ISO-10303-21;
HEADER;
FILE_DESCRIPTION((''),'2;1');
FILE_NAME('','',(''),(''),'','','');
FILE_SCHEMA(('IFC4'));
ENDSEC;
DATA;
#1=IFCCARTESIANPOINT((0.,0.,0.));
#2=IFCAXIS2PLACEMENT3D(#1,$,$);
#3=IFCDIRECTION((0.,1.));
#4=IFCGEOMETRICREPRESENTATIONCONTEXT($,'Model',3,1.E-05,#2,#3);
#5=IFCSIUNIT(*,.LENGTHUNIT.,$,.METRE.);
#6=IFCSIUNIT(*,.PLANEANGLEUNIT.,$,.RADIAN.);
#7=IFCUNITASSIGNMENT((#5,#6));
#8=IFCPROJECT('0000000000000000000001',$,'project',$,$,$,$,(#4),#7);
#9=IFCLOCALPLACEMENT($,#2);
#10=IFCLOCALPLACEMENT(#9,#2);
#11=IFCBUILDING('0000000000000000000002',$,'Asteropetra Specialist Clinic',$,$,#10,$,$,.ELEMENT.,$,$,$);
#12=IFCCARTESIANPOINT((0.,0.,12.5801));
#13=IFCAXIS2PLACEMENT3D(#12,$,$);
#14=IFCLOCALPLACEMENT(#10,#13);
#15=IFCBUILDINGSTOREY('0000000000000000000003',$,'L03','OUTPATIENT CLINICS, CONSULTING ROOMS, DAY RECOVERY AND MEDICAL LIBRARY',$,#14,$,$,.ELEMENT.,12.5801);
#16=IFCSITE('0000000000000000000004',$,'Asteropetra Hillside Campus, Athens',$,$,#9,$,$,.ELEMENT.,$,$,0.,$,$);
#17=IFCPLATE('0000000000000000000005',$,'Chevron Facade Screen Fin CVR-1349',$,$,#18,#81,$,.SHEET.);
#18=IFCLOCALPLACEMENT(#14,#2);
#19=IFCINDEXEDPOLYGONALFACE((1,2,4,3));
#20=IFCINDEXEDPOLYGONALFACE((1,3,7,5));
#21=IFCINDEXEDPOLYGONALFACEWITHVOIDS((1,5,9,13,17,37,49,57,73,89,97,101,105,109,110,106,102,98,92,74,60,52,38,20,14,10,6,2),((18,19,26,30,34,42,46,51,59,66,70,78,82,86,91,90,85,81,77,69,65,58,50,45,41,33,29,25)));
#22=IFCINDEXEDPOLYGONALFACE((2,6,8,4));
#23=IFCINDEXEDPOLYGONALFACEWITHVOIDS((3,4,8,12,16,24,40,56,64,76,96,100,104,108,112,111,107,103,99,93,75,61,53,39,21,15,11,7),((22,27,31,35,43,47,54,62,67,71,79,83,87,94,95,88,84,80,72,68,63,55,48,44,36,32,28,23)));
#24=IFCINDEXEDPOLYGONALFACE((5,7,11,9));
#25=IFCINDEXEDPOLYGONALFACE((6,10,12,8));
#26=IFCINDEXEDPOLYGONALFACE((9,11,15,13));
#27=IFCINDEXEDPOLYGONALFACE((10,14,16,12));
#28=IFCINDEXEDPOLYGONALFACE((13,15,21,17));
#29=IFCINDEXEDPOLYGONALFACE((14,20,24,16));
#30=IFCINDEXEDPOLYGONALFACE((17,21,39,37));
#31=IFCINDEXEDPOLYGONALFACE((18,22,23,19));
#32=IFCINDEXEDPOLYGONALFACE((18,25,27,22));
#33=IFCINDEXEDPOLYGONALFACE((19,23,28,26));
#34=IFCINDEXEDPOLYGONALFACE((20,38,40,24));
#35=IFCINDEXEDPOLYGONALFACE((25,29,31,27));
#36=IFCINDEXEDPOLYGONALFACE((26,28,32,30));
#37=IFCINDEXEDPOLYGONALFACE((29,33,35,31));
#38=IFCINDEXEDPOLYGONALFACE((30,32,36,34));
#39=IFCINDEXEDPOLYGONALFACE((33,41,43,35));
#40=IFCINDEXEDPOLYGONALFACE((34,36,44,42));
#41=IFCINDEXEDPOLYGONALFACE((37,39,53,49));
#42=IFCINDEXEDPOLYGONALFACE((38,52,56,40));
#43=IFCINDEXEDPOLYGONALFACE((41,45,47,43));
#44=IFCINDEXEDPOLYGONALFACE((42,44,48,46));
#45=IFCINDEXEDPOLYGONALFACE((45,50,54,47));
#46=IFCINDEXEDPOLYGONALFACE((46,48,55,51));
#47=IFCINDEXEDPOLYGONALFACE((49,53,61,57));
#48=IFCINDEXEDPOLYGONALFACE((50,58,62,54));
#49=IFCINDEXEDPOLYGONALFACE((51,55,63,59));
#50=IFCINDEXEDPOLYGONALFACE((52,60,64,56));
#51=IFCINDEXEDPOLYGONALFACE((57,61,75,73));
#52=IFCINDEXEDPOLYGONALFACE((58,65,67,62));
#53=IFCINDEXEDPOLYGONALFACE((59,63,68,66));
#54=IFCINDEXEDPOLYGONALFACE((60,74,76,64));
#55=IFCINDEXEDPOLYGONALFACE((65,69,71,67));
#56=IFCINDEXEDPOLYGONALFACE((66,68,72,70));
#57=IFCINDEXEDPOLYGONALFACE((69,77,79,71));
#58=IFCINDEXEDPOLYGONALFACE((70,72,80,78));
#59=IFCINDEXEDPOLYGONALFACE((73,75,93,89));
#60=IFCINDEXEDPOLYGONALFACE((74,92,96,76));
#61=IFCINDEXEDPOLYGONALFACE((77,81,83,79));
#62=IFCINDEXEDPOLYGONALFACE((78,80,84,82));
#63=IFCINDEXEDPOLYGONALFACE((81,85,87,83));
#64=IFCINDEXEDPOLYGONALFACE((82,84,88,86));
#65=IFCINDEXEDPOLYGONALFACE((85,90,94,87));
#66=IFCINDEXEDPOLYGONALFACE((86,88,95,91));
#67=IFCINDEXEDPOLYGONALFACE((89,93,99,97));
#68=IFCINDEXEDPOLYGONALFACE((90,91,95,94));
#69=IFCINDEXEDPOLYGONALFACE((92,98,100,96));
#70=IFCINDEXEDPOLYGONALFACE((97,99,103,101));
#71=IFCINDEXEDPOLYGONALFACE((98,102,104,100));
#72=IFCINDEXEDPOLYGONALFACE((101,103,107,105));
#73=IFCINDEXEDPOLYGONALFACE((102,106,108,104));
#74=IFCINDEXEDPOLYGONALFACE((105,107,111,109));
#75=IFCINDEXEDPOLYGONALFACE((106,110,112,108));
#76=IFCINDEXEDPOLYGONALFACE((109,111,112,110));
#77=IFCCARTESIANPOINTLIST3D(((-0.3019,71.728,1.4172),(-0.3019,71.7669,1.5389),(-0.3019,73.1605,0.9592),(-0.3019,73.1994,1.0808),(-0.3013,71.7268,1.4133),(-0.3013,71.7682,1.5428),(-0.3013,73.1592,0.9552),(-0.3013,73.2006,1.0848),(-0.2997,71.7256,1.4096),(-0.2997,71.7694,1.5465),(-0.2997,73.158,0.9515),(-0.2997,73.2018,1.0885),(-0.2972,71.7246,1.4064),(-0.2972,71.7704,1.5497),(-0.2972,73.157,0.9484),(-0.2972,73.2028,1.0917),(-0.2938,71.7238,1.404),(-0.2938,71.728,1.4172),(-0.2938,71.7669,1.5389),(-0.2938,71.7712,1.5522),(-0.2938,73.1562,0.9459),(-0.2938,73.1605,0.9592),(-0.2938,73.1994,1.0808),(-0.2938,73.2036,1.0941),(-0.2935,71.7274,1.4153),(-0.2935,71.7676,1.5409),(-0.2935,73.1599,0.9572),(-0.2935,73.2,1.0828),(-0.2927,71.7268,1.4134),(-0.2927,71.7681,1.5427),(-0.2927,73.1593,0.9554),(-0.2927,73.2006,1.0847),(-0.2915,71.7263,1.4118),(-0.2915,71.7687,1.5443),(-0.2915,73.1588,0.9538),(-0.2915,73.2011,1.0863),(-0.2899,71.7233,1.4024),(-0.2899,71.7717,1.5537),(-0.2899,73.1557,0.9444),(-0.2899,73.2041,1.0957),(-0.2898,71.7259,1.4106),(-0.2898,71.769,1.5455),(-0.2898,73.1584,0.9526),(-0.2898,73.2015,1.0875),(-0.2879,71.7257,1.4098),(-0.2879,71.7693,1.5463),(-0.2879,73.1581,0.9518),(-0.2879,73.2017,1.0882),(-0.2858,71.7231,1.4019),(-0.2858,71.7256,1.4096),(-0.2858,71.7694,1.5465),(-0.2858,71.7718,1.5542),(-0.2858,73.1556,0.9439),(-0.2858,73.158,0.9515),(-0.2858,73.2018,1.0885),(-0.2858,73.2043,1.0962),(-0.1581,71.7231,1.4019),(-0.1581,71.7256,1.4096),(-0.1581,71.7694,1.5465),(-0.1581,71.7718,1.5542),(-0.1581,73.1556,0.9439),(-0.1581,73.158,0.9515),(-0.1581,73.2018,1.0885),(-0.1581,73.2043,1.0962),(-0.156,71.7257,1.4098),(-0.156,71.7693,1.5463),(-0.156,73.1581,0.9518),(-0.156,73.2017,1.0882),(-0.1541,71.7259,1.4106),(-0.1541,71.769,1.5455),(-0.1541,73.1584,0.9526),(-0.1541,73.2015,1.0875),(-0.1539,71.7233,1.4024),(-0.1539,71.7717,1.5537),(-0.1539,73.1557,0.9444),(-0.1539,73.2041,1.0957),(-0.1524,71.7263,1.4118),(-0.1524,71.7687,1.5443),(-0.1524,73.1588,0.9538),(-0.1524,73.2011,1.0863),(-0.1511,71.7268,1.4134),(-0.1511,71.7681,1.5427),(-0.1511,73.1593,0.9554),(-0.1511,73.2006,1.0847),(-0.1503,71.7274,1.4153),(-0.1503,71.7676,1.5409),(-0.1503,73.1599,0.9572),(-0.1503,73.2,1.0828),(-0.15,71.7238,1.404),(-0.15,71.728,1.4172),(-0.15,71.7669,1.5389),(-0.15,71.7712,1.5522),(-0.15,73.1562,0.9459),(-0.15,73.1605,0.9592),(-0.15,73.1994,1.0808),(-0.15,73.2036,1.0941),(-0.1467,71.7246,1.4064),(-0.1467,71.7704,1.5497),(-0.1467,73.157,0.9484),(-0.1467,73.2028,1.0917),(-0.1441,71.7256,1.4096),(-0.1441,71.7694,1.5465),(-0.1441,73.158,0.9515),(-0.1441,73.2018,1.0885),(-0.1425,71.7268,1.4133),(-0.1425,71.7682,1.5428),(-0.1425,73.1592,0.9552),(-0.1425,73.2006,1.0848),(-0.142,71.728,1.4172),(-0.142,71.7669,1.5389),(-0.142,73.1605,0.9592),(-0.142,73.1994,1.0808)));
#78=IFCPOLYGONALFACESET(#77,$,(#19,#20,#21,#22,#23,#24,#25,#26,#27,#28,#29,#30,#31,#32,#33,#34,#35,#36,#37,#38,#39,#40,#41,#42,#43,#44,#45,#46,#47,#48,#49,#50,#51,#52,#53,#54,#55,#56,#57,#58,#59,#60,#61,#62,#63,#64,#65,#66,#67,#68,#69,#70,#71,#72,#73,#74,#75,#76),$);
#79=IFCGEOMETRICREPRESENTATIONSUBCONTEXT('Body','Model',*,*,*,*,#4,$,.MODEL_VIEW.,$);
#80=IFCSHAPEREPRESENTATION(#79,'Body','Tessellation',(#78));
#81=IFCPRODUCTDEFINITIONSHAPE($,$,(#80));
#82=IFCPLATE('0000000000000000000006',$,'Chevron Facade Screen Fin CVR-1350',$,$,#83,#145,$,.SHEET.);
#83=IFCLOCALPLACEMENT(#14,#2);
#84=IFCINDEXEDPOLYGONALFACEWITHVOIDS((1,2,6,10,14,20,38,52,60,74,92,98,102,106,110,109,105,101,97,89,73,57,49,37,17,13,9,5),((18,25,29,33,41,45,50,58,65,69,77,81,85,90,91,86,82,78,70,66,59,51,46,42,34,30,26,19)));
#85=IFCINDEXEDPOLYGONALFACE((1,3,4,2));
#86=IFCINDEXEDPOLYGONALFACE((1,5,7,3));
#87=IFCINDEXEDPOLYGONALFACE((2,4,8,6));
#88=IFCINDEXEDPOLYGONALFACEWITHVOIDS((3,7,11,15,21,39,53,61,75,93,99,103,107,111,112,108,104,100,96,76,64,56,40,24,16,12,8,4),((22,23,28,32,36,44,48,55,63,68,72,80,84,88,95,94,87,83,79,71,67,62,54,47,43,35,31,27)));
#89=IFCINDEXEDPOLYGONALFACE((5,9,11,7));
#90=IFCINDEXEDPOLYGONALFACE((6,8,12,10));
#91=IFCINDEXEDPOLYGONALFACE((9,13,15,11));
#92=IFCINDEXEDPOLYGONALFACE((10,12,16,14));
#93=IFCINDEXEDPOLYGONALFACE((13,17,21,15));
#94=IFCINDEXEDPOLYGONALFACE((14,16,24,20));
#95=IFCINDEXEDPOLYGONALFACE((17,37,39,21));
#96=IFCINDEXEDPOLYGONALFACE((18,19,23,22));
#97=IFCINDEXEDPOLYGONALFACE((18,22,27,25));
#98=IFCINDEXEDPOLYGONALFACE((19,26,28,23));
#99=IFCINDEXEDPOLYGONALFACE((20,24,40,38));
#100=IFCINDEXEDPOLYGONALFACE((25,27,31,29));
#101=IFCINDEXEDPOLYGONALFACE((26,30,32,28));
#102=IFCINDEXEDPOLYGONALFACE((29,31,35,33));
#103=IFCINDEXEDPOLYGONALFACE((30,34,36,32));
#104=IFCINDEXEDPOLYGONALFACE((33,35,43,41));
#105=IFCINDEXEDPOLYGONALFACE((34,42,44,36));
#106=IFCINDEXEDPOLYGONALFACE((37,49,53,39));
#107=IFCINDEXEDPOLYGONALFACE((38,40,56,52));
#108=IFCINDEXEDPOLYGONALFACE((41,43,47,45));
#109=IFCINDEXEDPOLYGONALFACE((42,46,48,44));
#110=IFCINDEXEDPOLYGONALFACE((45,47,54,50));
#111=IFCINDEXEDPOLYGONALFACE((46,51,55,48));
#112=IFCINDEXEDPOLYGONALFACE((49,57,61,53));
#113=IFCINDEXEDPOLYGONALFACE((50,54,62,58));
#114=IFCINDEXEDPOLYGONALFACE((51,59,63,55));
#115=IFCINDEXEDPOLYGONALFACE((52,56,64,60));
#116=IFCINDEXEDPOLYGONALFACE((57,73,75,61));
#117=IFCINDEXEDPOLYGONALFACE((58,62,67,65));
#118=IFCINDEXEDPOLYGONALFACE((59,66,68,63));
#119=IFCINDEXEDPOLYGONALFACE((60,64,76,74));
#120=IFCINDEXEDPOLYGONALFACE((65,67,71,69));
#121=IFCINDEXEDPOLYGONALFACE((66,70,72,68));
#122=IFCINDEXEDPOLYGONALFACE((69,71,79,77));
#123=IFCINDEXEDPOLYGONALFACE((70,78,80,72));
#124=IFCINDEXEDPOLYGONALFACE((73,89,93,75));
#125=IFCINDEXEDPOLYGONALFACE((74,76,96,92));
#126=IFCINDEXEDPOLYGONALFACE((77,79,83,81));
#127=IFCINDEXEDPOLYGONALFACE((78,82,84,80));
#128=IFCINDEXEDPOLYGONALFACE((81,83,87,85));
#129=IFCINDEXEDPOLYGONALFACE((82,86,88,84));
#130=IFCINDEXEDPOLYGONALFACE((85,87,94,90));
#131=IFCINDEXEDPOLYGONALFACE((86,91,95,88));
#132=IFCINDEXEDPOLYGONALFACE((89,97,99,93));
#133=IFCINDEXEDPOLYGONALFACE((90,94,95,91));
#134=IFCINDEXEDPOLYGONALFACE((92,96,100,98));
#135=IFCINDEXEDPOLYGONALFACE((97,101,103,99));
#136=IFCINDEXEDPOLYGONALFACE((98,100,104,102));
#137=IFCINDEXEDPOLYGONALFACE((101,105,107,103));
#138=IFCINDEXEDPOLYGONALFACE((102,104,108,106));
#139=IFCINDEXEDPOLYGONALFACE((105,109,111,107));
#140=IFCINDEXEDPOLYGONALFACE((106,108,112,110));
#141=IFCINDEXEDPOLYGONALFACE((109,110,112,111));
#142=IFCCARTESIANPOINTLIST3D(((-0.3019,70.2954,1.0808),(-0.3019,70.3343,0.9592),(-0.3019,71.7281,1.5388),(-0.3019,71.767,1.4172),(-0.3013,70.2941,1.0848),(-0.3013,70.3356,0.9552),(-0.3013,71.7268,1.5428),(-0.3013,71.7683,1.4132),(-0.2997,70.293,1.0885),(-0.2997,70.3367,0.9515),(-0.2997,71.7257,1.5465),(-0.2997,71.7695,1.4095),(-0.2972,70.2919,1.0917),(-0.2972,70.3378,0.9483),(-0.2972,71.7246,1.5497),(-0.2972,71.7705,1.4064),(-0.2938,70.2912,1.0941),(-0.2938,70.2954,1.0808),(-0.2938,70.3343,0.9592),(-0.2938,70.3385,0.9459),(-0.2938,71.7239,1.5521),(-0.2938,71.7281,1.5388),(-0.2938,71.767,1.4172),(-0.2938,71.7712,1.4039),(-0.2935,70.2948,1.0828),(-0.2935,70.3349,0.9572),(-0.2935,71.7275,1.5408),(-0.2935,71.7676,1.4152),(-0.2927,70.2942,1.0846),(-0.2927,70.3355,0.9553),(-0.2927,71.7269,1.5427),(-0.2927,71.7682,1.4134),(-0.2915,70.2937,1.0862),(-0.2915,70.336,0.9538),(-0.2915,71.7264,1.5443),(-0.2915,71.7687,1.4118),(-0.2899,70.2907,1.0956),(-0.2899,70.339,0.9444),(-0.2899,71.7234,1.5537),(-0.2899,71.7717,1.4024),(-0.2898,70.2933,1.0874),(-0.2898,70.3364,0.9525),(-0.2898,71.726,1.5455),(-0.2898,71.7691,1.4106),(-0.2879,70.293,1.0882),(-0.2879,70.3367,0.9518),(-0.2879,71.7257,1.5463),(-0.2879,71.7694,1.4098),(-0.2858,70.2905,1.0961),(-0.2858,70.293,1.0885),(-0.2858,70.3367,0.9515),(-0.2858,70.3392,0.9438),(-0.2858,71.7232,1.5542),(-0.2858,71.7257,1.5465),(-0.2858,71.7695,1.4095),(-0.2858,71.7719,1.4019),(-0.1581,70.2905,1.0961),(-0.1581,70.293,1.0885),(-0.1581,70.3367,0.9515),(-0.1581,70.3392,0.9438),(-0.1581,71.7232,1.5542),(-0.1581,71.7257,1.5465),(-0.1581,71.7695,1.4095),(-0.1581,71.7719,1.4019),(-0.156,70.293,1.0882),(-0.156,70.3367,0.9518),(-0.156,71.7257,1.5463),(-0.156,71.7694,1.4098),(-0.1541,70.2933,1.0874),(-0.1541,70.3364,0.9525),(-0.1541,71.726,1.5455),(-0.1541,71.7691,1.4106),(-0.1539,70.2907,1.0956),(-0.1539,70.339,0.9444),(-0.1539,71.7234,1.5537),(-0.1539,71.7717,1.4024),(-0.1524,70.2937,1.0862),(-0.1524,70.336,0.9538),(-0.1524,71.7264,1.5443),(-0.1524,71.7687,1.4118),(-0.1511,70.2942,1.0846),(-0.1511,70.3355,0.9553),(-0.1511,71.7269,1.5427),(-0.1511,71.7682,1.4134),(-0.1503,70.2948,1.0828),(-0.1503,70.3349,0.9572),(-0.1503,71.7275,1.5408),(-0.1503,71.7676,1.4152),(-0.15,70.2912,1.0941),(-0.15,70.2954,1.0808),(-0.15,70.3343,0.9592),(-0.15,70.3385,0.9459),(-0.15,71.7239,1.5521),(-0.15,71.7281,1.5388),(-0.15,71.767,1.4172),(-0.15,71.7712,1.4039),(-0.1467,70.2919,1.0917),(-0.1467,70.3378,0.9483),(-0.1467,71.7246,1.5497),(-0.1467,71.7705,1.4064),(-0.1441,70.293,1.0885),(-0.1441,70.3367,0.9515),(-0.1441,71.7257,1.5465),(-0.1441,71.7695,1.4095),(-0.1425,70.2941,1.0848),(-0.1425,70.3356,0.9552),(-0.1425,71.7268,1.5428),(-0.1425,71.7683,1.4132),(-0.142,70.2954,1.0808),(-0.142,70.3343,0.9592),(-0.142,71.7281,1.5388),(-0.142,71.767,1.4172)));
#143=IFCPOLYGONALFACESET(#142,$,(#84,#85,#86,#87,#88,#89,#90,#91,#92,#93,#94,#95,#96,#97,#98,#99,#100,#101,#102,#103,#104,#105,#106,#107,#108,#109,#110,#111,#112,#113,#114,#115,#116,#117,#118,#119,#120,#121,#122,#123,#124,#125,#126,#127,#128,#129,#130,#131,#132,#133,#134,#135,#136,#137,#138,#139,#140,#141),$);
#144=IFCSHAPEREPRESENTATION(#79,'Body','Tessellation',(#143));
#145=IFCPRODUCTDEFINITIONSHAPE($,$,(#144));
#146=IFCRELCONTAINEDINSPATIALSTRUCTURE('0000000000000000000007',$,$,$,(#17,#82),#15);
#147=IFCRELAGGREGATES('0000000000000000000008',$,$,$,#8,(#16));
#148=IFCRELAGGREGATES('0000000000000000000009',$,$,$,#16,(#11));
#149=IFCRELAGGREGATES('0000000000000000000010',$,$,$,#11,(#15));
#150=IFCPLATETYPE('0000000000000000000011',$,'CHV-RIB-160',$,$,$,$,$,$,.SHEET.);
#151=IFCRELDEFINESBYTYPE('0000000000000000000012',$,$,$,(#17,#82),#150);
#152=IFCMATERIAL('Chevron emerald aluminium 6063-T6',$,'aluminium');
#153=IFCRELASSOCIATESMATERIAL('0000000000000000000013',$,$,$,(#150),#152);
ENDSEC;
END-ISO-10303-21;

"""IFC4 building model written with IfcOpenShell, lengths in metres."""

from ifc_helpers import new_model, si_unit, direction, frame, origin, origin_2d, place, context, subcontext, project, spatial, hollow_rectangle, extrude, material, material_profile, profile_set, type_object, element, save


model = new_model("IFC4")

# Units and contexts
model_context = context("Model", 3, precision=1e-05, world=origin(), true_north=direction((0.0, 1.0)))
body_context = subcontext(model_context, "Body", "Model", "MODEL_VIEW")
ifc_project = project(units=[si_unit("LENGTHUNIT", "METRE"), si_unit("PLANEANGLEUNIT", "RADIAN")], contexts=[model_context])

# Site, building, storey
site_placement = place(None, origin())
site = spatial("IfcSite", under=ifc_project, at=site_placement, Name="Asteropetra Hillside Campus, Athens", CompositionType="ELEMENT", RefElevation=0.0)
building_placement = place(site_placement, origin())
building = spatial("IfcBuilding", under=site, at=building_placement, Name="Asteropetra Specialist Clinic", CompositionType="ELEMENT")
storey_placement = place(building_placement, frame((0.0, 0.0, 12.5801)))
storey = spatial("IfcBuildingStorey", under=building, at=storey_placement, Name="L03", Description="OUTPATIENT CLINICS, CONSULTING ROOMS, DAY RECOVERY AND MEDICAL LIBRARY", CompositionType="ELEMENT", Elevation=12.5801)

# Plates
ifc_material_1 = material(Name="Chevron emerald aluminium 6063-T6", Category="aluminium")
ifc_material_profile = material_profile(ifc_material_1, hollow_rectangle(XDim=0.1599, YDim=0.1599, WallThickness=0.0081, InnerFilletRadius=0.0081, OuterFilletRadius=0.0161, at=origin_2d()), Name="SHS 160x160x8.0")
ifc_profile_set = profile_set([ifc_material_profile], Name="Chevron emerald aluminium 6063-T6")
plate_type_1 = type_object("IfcPlateType", Name="CHV-RIB-160", PredefinedType="SHEET", material=ifc_profile_set)
plate_1_placement = place(storey_placement, frame((-0.2219, 73.1799, 1.02), z_axis=(0.0, -0.952492, 0.304564), x_axis=(1.0, 0.0, 0.0)))
element("IfcPlate", 1, at=plate_1_placement, inside=storey, type_object=plate_type_1, Name="Chevron Facade Screen Fin CVR-1349", PredefinedType="SHEET", context=body_context, shape_type="SweptSolid", body=[
    extrude(hollow_rectangle(XDim=0.1599, YDim=0.1599, WallThickness=0.0081, InnerFilletRadius=0.0081, OuterFilletRadius=0.0161, at=origin_2d()), origin(), (0.0, 0.0, 1.0), 1.5039),
])
plate_2_placement = place(storey_placement, frame((-0.2219, 71.7476, 1.478), z_axis=(0.0, -0.952507, -0.304517), x_axis=(1.0, 0.0, 0.0)))
element("IfcPlate", 2, at=plate_2_placement, inside=storey, type_object=plate_type_1, Name="Chevron Facade Screen Fin CVR-1350", PredefinedType="SHEET", context=body_context, shape_type="SweptSolid", body=[
    extrude(hollow_rectangle(XDim=0.1599, YDim=0.1599, WallThickness=0.0081, InnerFilletRadius=0.0081, OuterFilletRadius=0.0161, at=origin_2d()), origin(), (0.0, 0.0, 1.0), 1.5042),
])

save(model, "model.ifc")
